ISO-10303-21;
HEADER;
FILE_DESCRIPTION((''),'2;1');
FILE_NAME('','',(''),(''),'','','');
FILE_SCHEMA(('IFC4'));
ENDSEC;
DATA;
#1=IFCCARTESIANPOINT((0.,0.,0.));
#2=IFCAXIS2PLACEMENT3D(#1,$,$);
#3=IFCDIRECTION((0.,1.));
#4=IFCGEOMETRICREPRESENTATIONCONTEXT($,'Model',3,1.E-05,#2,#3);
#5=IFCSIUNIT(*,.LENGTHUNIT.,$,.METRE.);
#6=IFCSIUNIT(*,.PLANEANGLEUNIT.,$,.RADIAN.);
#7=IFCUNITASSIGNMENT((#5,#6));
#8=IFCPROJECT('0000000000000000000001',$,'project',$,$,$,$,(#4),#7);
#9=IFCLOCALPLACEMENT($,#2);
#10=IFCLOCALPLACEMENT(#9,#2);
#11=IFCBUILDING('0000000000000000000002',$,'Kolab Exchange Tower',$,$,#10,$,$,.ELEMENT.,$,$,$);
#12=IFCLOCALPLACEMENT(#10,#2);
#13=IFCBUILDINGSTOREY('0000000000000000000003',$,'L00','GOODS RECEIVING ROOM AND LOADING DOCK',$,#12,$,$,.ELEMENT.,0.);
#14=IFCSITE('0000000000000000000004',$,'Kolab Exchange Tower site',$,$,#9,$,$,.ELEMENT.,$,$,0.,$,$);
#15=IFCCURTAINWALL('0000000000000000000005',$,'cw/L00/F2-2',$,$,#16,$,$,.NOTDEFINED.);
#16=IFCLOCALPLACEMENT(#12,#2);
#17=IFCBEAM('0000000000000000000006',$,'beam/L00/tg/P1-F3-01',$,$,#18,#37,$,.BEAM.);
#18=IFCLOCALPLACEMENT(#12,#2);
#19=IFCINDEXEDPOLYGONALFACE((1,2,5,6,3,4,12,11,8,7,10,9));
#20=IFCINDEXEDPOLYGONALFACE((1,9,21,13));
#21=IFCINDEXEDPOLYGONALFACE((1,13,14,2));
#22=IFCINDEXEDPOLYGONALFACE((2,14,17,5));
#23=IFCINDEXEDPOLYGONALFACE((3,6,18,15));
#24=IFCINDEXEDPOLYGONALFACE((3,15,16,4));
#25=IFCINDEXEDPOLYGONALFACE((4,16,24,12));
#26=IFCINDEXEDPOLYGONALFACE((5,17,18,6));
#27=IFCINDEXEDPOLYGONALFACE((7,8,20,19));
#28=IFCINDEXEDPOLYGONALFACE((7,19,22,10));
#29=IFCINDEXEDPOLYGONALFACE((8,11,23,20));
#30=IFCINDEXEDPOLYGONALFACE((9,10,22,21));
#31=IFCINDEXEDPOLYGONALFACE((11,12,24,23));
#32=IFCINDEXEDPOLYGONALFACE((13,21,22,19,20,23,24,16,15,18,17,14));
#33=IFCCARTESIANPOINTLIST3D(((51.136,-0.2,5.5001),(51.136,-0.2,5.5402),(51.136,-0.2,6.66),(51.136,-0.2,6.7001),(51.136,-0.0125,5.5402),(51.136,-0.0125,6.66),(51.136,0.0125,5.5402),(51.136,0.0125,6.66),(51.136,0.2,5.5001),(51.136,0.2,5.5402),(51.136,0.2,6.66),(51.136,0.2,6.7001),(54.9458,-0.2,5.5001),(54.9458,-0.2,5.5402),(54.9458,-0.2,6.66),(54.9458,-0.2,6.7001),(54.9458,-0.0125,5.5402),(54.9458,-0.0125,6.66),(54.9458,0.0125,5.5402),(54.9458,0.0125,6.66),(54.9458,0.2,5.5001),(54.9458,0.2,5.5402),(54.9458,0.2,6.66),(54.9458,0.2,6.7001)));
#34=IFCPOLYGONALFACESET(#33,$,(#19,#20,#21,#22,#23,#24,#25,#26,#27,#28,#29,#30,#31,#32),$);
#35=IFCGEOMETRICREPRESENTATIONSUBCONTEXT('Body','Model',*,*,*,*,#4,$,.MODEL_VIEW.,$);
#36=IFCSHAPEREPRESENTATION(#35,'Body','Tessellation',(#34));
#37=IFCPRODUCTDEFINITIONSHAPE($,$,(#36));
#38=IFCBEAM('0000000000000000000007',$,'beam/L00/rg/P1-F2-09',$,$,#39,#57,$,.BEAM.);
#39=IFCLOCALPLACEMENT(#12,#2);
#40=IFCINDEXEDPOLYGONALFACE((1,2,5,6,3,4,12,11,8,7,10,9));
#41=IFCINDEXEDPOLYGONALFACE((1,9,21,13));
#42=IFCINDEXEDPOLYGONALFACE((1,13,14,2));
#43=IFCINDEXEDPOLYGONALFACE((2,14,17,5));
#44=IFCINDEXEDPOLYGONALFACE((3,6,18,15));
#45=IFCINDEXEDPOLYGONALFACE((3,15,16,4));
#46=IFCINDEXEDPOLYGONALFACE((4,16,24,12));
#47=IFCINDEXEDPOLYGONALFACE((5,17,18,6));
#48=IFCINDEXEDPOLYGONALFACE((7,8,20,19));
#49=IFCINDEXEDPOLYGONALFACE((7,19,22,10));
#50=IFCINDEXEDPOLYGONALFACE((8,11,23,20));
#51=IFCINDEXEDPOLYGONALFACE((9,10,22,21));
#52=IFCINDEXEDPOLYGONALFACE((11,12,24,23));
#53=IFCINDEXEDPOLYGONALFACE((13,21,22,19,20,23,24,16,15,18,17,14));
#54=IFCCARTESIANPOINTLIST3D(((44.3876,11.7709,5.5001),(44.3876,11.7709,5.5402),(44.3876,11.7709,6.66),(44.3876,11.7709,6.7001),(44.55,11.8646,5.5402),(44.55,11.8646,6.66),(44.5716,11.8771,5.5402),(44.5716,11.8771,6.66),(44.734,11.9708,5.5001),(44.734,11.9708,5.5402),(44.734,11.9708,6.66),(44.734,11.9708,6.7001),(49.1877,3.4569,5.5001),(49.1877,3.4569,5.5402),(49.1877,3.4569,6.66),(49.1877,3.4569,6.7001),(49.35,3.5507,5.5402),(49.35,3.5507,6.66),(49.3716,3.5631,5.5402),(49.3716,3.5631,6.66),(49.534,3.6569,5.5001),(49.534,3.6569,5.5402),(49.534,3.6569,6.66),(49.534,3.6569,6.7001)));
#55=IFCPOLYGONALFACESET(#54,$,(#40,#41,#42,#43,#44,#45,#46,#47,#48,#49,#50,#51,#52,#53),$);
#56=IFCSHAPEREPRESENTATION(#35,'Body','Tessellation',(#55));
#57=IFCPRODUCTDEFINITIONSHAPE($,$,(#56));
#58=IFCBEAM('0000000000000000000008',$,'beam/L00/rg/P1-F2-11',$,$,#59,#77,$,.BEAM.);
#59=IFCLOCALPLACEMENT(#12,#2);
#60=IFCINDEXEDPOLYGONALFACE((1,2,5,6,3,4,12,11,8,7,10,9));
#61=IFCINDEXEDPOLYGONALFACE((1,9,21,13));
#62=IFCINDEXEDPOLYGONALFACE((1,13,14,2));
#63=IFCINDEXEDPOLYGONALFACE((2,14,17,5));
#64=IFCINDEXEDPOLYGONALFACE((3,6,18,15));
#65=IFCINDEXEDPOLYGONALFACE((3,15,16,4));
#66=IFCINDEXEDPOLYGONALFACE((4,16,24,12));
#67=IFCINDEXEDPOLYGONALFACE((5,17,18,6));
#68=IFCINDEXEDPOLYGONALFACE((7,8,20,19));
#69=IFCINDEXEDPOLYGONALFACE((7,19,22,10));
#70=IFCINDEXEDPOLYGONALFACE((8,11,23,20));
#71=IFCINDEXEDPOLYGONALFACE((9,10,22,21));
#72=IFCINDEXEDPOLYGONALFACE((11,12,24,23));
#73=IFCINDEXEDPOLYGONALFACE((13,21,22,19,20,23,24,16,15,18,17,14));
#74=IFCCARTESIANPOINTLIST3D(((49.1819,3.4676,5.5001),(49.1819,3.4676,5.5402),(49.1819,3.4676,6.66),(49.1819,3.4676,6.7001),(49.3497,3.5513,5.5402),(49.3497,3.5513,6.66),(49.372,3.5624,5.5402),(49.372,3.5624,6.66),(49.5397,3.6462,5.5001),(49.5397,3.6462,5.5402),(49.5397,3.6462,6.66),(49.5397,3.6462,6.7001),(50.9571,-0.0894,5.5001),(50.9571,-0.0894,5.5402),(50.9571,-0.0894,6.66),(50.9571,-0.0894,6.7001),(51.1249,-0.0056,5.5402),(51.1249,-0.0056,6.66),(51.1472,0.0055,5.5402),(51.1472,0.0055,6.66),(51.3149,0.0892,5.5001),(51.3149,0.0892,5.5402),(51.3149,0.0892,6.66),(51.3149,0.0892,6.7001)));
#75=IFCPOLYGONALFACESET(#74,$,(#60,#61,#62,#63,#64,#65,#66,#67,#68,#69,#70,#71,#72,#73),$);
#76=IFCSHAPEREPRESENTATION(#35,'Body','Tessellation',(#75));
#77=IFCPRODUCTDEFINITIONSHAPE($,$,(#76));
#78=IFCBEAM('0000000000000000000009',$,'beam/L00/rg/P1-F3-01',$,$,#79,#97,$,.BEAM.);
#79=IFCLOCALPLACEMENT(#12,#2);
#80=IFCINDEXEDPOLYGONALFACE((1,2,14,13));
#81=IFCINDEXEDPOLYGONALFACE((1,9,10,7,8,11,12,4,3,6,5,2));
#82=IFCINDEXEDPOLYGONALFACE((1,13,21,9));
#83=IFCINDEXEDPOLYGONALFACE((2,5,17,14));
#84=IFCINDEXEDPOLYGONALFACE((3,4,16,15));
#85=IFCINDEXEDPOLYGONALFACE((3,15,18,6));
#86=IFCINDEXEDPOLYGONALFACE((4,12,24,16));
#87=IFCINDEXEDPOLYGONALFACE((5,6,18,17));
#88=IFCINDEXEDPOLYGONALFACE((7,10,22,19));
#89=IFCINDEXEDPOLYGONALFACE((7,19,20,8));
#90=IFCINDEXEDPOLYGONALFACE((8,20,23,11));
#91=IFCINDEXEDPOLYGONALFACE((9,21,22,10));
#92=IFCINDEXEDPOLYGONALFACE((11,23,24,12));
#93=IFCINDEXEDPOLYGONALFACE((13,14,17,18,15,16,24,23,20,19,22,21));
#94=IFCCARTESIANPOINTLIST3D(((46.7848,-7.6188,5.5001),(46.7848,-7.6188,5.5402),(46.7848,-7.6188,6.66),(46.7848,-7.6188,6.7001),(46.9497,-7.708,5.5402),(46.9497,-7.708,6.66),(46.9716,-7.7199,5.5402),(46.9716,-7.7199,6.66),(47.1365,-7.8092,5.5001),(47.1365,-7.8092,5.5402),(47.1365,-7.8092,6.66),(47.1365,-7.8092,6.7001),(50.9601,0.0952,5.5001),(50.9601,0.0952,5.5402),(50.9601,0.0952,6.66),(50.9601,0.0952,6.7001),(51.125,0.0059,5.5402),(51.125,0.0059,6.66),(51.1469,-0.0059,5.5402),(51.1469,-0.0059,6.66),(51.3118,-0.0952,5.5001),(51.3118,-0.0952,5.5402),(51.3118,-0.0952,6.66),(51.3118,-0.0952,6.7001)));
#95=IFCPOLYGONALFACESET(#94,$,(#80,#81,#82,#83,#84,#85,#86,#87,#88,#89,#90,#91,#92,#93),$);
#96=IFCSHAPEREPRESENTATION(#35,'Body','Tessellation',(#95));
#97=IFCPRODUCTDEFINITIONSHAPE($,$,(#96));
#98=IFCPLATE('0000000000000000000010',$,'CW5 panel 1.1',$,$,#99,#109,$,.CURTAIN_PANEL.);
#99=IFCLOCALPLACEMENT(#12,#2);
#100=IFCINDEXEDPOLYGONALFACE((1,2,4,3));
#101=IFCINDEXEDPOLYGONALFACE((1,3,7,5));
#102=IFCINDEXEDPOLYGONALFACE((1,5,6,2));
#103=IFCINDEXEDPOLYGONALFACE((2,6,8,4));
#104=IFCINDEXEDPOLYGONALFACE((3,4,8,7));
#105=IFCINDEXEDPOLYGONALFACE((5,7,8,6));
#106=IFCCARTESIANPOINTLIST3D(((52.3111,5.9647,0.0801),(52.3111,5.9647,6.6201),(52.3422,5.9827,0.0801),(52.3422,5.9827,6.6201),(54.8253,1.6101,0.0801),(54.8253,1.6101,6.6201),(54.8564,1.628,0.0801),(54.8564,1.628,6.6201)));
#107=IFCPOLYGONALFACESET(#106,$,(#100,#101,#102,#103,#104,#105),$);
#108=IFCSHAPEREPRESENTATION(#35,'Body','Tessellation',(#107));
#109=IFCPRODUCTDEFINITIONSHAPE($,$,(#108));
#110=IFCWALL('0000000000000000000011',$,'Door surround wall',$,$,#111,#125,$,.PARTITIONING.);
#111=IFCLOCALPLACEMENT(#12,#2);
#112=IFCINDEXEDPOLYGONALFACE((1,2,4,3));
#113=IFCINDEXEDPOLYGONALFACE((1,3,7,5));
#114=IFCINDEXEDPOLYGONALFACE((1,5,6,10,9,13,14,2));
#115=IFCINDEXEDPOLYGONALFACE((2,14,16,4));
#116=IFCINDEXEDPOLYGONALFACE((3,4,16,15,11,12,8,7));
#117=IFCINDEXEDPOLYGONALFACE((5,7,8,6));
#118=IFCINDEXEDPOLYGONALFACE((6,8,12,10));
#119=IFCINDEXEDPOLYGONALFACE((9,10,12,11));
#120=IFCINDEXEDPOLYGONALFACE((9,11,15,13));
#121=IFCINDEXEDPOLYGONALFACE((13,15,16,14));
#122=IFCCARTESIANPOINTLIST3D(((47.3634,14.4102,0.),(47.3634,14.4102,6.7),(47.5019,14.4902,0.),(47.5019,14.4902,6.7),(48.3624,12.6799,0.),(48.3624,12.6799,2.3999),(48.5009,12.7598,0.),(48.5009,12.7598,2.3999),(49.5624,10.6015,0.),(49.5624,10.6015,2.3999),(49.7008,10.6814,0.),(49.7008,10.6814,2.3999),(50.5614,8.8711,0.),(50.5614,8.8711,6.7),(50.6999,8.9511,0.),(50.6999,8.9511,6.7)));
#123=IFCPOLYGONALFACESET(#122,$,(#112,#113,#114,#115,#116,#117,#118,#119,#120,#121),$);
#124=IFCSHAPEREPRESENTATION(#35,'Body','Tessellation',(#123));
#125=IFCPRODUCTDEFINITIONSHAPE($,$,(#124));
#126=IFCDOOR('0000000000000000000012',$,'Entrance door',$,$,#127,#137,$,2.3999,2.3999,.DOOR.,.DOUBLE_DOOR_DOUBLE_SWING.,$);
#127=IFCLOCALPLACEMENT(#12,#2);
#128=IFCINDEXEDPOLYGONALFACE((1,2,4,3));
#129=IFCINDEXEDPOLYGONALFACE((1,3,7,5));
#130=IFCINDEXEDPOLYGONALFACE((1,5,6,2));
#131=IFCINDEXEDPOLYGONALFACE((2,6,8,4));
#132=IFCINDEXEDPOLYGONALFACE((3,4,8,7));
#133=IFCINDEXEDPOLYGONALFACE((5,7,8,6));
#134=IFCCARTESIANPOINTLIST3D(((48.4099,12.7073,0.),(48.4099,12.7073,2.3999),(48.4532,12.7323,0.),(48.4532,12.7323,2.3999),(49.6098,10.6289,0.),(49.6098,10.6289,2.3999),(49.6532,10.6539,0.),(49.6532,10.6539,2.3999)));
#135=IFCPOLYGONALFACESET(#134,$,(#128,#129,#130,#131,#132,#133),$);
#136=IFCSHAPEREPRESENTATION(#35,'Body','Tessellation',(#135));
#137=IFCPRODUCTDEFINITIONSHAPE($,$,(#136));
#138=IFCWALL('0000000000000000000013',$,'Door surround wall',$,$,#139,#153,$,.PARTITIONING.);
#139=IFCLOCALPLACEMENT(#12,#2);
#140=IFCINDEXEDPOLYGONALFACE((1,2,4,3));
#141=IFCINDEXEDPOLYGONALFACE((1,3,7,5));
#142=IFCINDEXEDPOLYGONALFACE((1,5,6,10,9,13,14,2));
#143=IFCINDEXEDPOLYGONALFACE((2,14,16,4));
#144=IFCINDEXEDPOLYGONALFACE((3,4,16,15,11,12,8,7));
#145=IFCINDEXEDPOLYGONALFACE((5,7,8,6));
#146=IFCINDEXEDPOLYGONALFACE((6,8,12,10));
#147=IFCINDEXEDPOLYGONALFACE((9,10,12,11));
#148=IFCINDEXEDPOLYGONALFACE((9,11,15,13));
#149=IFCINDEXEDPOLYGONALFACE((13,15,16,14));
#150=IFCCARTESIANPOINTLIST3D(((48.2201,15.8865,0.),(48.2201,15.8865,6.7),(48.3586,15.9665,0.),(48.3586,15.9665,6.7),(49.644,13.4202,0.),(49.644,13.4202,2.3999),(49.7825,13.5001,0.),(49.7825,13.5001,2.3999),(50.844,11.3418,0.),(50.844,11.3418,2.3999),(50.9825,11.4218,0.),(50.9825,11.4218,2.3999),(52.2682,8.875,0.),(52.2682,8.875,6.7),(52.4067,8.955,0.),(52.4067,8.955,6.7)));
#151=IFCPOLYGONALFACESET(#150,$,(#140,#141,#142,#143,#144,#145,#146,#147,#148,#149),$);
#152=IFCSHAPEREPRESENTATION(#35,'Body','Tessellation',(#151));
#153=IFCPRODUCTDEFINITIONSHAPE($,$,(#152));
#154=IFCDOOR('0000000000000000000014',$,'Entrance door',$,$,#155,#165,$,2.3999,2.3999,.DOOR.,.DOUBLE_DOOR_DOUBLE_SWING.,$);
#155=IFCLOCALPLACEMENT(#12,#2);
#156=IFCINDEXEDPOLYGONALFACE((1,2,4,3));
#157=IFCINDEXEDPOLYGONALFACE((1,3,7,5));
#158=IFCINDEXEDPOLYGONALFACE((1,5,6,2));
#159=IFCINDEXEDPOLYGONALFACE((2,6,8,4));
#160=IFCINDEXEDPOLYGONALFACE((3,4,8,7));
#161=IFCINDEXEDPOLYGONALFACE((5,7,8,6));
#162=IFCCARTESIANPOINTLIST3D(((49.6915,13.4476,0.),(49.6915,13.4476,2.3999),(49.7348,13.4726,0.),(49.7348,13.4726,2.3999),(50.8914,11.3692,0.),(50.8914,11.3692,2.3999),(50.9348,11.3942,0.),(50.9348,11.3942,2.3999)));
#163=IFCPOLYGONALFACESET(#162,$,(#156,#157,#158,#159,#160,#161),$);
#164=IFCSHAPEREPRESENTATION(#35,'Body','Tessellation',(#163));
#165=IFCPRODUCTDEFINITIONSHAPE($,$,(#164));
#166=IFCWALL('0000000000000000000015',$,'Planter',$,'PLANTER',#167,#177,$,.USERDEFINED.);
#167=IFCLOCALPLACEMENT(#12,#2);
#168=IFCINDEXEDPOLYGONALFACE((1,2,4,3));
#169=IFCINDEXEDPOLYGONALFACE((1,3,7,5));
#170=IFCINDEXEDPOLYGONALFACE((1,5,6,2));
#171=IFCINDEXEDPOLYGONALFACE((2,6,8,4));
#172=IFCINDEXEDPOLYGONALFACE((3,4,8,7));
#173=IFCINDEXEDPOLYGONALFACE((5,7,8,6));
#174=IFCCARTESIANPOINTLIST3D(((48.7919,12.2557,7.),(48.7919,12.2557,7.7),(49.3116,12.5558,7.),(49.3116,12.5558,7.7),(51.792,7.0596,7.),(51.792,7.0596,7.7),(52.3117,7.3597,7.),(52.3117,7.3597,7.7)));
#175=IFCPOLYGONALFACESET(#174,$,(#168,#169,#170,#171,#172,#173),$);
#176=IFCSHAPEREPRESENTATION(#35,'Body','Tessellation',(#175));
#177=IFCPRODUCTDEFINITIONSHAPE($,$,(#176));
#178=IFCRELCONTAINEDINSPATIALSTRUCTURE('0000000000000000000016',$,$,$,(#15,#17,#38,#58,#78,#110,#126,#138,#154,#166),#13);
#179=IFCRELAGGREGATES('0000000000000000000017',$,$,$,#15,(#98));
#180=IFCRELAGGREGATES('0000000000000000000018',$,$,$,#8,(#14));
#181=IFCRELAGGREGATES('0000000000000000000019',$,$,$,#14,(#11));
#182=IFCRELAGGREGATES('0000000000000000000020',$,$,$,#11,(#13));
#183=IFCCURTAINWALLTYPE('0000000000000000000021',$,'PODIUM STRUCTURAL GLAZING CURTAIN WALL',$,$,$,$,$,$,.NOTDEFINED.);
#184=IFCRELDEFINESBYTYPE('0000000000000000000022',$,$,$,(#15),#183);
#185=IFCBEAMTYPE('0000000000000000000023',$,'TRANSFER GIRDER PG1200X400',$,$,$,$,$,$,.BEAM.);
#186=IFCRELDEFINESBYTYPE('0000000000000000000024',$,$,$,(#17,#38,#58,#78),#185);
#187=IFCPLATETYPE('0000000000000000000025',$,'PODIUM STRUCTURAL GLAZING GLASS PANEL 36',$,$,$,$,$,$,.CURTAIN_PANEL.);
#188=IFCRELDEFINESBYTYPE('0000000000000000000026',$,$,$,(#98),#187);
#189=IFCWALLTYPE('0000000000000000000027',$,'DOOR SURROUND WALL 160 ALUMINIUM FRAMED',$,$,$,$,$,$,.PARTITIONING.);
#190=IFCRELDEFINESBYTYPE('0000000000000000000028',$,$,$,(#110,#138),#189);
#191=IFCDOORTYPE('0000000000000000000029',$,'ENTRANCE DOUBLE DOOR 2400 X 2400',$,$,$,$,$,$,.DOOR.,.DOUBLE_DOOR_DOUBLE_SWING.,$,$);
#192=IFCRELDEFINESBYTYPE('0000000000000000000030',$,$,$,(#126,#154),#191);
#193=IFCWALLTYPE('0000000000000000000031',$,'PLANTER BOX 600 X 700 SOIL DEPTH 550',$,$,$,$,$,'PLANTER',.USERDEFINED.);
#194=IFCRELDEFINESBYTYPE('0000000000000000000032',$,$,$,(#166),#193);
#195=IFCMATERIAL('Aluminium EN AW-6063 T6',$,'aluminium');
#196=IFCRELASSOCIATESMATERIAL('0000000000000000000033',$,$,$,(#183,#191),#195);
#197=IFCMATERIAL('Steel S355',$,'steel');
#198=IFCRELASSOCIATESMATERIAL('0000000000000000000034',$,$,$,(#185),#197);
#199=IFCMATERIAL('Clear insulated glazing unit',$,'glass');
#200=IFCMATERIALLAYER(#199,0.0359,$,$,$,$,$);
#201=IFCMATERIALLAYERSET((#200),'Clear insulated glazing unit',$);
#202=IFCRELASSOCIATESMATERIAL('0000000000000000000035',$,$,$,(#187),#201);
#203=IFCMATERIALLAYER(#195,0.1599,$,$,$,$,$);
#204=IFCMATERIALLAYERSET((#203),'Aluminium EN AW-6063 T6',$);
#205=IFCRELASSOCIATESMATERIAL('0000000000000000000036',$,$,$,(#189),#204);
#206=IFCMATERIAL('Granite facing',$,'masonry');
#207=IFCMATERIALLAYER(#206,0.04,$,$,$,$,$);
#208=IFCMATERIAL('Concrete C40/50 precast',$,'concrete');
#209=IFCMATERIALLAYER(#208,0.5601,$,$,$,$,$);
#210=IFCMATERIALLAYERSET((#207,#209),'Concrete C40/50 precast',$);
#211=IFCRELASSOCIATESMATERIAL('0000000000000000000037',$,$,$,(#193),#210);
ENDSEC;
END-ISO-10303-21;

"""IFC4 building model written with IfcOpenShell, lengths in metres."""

from ifc_helpers import new_model, si_unit, direction, frame, frame_2d, origin, origin_2d, place, context, subcontext, project, spatial, rectangle, i_section, extrude, material, layer, layer_set, material_profile, profile_set, type_object, element, fill, aggregate, save


model = new_model("IFC4")

# Units and contexts
model_context = context("Model", 3, precision=1e-05, world=origin(), true_north=direction((0.0, 1.0)))
body_context = subcontext(model_context, "Body", "Model", "MODEL_VIEW")
ifc_project = project(units=[si_unit("LENGTHUNIT", "METRE"), si_unit("PLANEANGLEUNIT", "RADIAN")], contexts=[model_context])

# Site, building, storey
site_placement = place(None, origin())
site = spatial("IfcSite", under=ifc_project, at=site_placement, Name="Kolab Exchange Tower site", CompositionType="ELEMENT", RefElevation=0.0)
building_placement = place(site_placement, origin())
building = spatial("IfcBuilding", under=site, at=building_placement, Name="Kolab Exchange Tower", CompositionType="ELEMENT")
storey_placement = place(building_placement, origin())
storey = spatial("IfcBuildingStorey", under=building, at=storey_placement, Name="L00", Description="GOODS RECEIVING ROOM AND LOADING DOCK", CompositionType="ELEMENT", Elevation=0.0)

# Curtain wall
ifc_material_1 = material(Name="Aluminium EN AW-6063 T6", Category="aluminium")
curtain_wall_type = type_object("IfcCurtainWallType", Name="PODIUM STRUCTURAL GLAZING CURTAIN WALL", PredefinedType="NOTDEFINED", material=ifc_material_1)
curtain_wall_placement = place(storey_placement, origin())
curtain_wall = element("IfcCurtainWall", 1, at=curtain_wall_placement, inside=storey, type_object=curtain_wall_type, Name="cw/L00/F2-2", PredefinedType="NOTDEFINED")

# Beams
ifc_material_2 = material(Name="Steel S355", Category="steel")
ifc_material_profile_1 = material_profile(ifc_material_2, i_section(OverallWidth=0.3999, OverallDepth=1.2, WebThickness=0.0249, FlangeThickness=0.04, at=origin_2d()), Name="PG1200X400")
ifc_profile_set_1 = profile_set([ifc_material_profile_1], Name="Steel S355")
beam_type = type_object("IfcBeamType", Name="TRANSFER GIRDER PG1200X400", PredefinedType="BEAM", material=ifc_profile_set_1)
beam_1_placement = place(storey_placement, frame((51.136, 0.0, 6.1001), z_axis=(1.0, 0.0, 0.0), x_axis=(0.0, 1.0, 0.0)))
element("IfcBeam", 2, at=beam_1_placement, inside=storey, type_object=beam_type, Name="beam/L00/tg/P1-F3-01", PredefinedType="BEAM", context=body_context, shape_type="SweptSolid", body=[
    extrude(i_section(OverallWidth=0.3999, OverallDepth=1.2, WebThickness=0.0249, FlangeThickness=0.04, at=origin_2d()), origin(), (0.0, 0.0, 1.0), 3.8098),
])
beam_2_placement = place(storey_placement, frame((44.5608, 11.8708, 6.1001), z_axis=(0.499998, -0.866026, 0.0), x_axis=(0.866026, 0.499998, 0.0)))
element("IfcBeam", 3, at=beam_2_placement, inside=storey, type_object=beam_type, Name="beam/L00/rg/P1-F2-09", PredefinedType="BEAM", context=body_context, shape_type="SweptSolid", body=[
    extrude(i_section(OverallWidth=0.3999, OverallDepth=1.2, WebThickness=0.0249, FlangeThickness=0.04, at=origin_2d()), origin(), (0.0, 0.0, 1.0), 9.6001),
])
beam_3_placement = place(storey_placement, frame((49.3608, 3.5569, 6.1001), z_axis=(0.44655, -0.894759, 0.0), x_axis=(0.894759, 0.44655, 0.0)))
element("IfcBeam", 4, at=beam_3_placement, inside=storey, type_object=beam_type, Name="beam/L00/rg/P1-F2-11", PredefinedType="BEAM", context=body_context, shape_type="SweptSolid", body=[
    extrude(i_section(OverallWidth=0.3999, OverallDepth=1.2, WebThickness=0.0249, FlangeThickness=0.04, at=origin_2d()), origin(), (0.0, 0.0, 1.0), 3.9753),
])
beam_4_placement = place(storey_placement, frame((51.136, 0.0, 6.1001), z_axis=(-0.476014, -0.879438, 0.0), x_axis=(0.879438, -0.476014, 0.0)))
element("IfcBeam", 5, at=beam_4_placement, inside=storey, type_object=beam_type, Name="beam/L00/rg/P1-F3-01", PredefinedType="BEAM", context=body_context, shape_type="SweptSolid", body=[
    extrude(i_section(OverallWidth=0.3999, OverallDepth=1.2, WebThickness=0.0249, FlangeThickness=0.04, at=origin_2d()), origin(), (0.0, 0.0, 1.0), 8.7715),
])

# Plate
ifc_material_3 = material(Name="Clear insulated glazing unit", Category="glass")
ifc_layer_1 = layer(ifc_material_3, 0.0359)
ifc_layer_set_1 = layer_set([ifc_layer_1], Name="Clear insulated glazing unit")
plate_type = type_object("IfcPlateType", Name="PODIUM STRUCTURAL GLAZING GLASS PANEL 36", PredefinedType="CURTAIN_PANEL", material=ifc_layer_set_1)
plate_placement = place(storey_placement, frame((53.5837, 3.7964, 0.0801), z_axis=(0.0, 0.0, 1.0), x_axis=(0.5, -0.866025, 0.0)))
plate = element("IfcPlate", 6, at=plate_placement, type_object=plate_type, Name="CW5 panel 1.1", PredefinedType="CURTAIN_PANEL", context=body_context, shape_type="SweptSolid", body=[
    extrude(rectangle(XDim=5.0283, YDim=0.0359, at=origin_2d()), origin(), (0.0, 0.0, 1.0), 6.54),
])
aggregate(curtain_wall, [plate])

# Walls, openings, doors
ifc_layer_2 = layer(ifc_material_1, 0.1599)
ifc_layer_set_2 = layer_set([ifc_layer_2], Name="Aluminium EN AW-6063 T6")
wall_type_1 = type_object("IfcWallType", Name="DOOR SURROUND WALL 160 ALUMINIUM FRAMED", PredefinedType="PARTITIONING", material=ifc_layer_set_2)
wall_1_placement = place(storey_placement, frame((47.4326, 14.4502, 0.0), z_axis=(0.0, 0.0, 1.0), x_axis=(0.500002, -0.866024, 0.0)))
wall_1 = element("IfcWall", 7, at=wall_1_placement, inside=storey, type_object=wall_type_1, Name="Door surround wall", PredefinedType="PARTITIONING", context=body_context, shape_type="SweptSolid", body=[
    extrude(rectangle(XDim=6.396, YDim=0.1599, at=frame_2d((3.198, 0.0))), origin(), (0.0, 0.0, 1.0), 6.7),
])
opening_1_placement = place(wall_1_placement, frame((1.998, 0.0, 0.0)))
opening_1 = element("IfcOpeningElement", 8, at=opening_1_placement, cuts=wall_1, PredefinedType="OPENING", context=body_context, shape_type="SweptSolid", body=[
    extrude(rectangle(XDim=2.3999, YDim=2.3999, at=frame_2d((1.2, 1.2))), frame((0.0, 0.0898, 0.0), z_axis=(0.0, -1.0, 0.0), x_axis=(1.0, 0.0, 0.0)), (0.0, 0.0, 1.0), 0.1799),
])
door_type = type_object("IfcDoorType", Name="ENTRANCE DOUBLE DOOR 2400 X 2400", OperationType="DOUBLE_DOOR_DOUBLE_SWING", PredefinedType="DOOR", material=ifc_material_1)
door_1_placement = place(opening_1_placement, origin())
door_1 = element("IfcDoor", 9, at=door_1_placement, inside=storey, type_object=door_type, Name="Entrance door", OperationType="DOUBLE_DOOR_DOUBLE_SWING", OverallHeight=2.3999, OverallWidth=2.3999, PredefinedType="DOOR", context=body_context, shape_type="SweptSolid", body=[
    extrude(rectangle(XDim=2.3999, YDim=2.3999, at=frame_2d((1.2, 1.2))), frame((0.0, 0.0249, 0.0), z_axis=(0.0, -1.0, 0.0), x_axis=(1.0, 0.0, 0.0)), (0.0, 0.0, 1.0), 0.05),
])
fill(opening_1, door_1)
wall_2_placement = place(storey_placement, frame((48.2893, 15.9265, 0.0), z_axis=(0.0, 0.0, 1.0), x_axis=(0.500002, -0.866024, 0.0)))
wall_2 = element("IfcWall", 10, at=wall_2_placement, inside=storey, type_object=wall_type_1, Name="Door surround wall", PredefinedType="PARTITIONING", context=body_context, shape_type="SweptSolid", body=[
    extrude(rectangle(XDim=8.0962, YDim=0.1599, at=frame_2d((4.0481, 0.0))), origin(), (0.0, 0.0, 1.0), 6.7),
])
opening_2_placement = place(wall_2_placement, frame((2.8479, 0.0, 0.0)))
opening_2 = element("IfcOpeningElement", 11, at=opening_2_placement, cuts=wall_2, PredefinedType="OPENING", context=body_context, shape_type="SweptSolid", body=[
    extrude(rectangle(XDim=2.3999, YDim=2.3999, at=frame_2d((1.2, 1.2))), frame((0.0, 0.0898, 0.0), z_axis=(0.0, -1.0, 0.0), x_axis=(1.0, 0.0, 0.0)), (0.0, 0.0, 1.0), 0.1799),
])
door_2_placement = place(opening_2_placement, origin())
door_2 = element("IfcDoor", 12, at=door_2_placement, inside=storey, type_object=door_type, Name="Entrance door", OperationType="DOUBLE_DOOR_DOUBLE_SWING", OverallHeight=2.3999, OverallWidth=2.3999, PredefinedType="DOOR", context=body_context, shape_type="SweptSolid", body=[
    extrude(rectangle(XDim=2.3999, YDim=2.3999, at=frame_2d((1.2, 1.2))), frame((0.0, 0.0249, 0.0), z_axis=(0.0, -1.0, 0.0), x_axis=(1.0, 0.0, 0.0)), (0.0, 0.0, 1.0), 0.05),
])
fill(opening_2, door_2)

# Wall
ifc_material_4 = material(Name="Granite facing", Category="masonry")
ifc_layer_3 = layer(ifc_material_4, 0.04)
ifc_material_5 = material(Name="Concrete C40/50 precast", Category="concrete")
ifc_layer_4 = layer(ifc_material_5, 0.5601)
ifc_layer_set_3 = layer_set([ifc_layer_3, ifc_layer_4], Name="Concrete C40/50 precast")
wall_type_2 = type_object("IfcWallType", Name="PLANTER BOX 600 X 700 SOIL DEPTH 550", ElementType="PLANTER", PredefinedType="USERDEFINED", material=ifc_layer_set_3)
wall_3_placement = place(storey_placement, frame((49.0518, 12.4058, 7.0), z_axis=(0.0, 0.0, 1.0), x_axis=(0.500008, -0.866021, 0.0)))
element("IfcWall", 13, at=wall_3_placement, inside=storey, type_object=wall_type_2, Name="Planter", ObjectType="PLANTER", PredefinedType="USERDEFINED", context=body_context, shape_type="SweptSolid", body=[
    extrude(rectangle(XDim=6.0, YDim=0.6001, at=frame_2d((3.0, 0.0))), origin(), (0.0, 0.0, 1.0), 0.7),
])

save(model, "model.ifc")
